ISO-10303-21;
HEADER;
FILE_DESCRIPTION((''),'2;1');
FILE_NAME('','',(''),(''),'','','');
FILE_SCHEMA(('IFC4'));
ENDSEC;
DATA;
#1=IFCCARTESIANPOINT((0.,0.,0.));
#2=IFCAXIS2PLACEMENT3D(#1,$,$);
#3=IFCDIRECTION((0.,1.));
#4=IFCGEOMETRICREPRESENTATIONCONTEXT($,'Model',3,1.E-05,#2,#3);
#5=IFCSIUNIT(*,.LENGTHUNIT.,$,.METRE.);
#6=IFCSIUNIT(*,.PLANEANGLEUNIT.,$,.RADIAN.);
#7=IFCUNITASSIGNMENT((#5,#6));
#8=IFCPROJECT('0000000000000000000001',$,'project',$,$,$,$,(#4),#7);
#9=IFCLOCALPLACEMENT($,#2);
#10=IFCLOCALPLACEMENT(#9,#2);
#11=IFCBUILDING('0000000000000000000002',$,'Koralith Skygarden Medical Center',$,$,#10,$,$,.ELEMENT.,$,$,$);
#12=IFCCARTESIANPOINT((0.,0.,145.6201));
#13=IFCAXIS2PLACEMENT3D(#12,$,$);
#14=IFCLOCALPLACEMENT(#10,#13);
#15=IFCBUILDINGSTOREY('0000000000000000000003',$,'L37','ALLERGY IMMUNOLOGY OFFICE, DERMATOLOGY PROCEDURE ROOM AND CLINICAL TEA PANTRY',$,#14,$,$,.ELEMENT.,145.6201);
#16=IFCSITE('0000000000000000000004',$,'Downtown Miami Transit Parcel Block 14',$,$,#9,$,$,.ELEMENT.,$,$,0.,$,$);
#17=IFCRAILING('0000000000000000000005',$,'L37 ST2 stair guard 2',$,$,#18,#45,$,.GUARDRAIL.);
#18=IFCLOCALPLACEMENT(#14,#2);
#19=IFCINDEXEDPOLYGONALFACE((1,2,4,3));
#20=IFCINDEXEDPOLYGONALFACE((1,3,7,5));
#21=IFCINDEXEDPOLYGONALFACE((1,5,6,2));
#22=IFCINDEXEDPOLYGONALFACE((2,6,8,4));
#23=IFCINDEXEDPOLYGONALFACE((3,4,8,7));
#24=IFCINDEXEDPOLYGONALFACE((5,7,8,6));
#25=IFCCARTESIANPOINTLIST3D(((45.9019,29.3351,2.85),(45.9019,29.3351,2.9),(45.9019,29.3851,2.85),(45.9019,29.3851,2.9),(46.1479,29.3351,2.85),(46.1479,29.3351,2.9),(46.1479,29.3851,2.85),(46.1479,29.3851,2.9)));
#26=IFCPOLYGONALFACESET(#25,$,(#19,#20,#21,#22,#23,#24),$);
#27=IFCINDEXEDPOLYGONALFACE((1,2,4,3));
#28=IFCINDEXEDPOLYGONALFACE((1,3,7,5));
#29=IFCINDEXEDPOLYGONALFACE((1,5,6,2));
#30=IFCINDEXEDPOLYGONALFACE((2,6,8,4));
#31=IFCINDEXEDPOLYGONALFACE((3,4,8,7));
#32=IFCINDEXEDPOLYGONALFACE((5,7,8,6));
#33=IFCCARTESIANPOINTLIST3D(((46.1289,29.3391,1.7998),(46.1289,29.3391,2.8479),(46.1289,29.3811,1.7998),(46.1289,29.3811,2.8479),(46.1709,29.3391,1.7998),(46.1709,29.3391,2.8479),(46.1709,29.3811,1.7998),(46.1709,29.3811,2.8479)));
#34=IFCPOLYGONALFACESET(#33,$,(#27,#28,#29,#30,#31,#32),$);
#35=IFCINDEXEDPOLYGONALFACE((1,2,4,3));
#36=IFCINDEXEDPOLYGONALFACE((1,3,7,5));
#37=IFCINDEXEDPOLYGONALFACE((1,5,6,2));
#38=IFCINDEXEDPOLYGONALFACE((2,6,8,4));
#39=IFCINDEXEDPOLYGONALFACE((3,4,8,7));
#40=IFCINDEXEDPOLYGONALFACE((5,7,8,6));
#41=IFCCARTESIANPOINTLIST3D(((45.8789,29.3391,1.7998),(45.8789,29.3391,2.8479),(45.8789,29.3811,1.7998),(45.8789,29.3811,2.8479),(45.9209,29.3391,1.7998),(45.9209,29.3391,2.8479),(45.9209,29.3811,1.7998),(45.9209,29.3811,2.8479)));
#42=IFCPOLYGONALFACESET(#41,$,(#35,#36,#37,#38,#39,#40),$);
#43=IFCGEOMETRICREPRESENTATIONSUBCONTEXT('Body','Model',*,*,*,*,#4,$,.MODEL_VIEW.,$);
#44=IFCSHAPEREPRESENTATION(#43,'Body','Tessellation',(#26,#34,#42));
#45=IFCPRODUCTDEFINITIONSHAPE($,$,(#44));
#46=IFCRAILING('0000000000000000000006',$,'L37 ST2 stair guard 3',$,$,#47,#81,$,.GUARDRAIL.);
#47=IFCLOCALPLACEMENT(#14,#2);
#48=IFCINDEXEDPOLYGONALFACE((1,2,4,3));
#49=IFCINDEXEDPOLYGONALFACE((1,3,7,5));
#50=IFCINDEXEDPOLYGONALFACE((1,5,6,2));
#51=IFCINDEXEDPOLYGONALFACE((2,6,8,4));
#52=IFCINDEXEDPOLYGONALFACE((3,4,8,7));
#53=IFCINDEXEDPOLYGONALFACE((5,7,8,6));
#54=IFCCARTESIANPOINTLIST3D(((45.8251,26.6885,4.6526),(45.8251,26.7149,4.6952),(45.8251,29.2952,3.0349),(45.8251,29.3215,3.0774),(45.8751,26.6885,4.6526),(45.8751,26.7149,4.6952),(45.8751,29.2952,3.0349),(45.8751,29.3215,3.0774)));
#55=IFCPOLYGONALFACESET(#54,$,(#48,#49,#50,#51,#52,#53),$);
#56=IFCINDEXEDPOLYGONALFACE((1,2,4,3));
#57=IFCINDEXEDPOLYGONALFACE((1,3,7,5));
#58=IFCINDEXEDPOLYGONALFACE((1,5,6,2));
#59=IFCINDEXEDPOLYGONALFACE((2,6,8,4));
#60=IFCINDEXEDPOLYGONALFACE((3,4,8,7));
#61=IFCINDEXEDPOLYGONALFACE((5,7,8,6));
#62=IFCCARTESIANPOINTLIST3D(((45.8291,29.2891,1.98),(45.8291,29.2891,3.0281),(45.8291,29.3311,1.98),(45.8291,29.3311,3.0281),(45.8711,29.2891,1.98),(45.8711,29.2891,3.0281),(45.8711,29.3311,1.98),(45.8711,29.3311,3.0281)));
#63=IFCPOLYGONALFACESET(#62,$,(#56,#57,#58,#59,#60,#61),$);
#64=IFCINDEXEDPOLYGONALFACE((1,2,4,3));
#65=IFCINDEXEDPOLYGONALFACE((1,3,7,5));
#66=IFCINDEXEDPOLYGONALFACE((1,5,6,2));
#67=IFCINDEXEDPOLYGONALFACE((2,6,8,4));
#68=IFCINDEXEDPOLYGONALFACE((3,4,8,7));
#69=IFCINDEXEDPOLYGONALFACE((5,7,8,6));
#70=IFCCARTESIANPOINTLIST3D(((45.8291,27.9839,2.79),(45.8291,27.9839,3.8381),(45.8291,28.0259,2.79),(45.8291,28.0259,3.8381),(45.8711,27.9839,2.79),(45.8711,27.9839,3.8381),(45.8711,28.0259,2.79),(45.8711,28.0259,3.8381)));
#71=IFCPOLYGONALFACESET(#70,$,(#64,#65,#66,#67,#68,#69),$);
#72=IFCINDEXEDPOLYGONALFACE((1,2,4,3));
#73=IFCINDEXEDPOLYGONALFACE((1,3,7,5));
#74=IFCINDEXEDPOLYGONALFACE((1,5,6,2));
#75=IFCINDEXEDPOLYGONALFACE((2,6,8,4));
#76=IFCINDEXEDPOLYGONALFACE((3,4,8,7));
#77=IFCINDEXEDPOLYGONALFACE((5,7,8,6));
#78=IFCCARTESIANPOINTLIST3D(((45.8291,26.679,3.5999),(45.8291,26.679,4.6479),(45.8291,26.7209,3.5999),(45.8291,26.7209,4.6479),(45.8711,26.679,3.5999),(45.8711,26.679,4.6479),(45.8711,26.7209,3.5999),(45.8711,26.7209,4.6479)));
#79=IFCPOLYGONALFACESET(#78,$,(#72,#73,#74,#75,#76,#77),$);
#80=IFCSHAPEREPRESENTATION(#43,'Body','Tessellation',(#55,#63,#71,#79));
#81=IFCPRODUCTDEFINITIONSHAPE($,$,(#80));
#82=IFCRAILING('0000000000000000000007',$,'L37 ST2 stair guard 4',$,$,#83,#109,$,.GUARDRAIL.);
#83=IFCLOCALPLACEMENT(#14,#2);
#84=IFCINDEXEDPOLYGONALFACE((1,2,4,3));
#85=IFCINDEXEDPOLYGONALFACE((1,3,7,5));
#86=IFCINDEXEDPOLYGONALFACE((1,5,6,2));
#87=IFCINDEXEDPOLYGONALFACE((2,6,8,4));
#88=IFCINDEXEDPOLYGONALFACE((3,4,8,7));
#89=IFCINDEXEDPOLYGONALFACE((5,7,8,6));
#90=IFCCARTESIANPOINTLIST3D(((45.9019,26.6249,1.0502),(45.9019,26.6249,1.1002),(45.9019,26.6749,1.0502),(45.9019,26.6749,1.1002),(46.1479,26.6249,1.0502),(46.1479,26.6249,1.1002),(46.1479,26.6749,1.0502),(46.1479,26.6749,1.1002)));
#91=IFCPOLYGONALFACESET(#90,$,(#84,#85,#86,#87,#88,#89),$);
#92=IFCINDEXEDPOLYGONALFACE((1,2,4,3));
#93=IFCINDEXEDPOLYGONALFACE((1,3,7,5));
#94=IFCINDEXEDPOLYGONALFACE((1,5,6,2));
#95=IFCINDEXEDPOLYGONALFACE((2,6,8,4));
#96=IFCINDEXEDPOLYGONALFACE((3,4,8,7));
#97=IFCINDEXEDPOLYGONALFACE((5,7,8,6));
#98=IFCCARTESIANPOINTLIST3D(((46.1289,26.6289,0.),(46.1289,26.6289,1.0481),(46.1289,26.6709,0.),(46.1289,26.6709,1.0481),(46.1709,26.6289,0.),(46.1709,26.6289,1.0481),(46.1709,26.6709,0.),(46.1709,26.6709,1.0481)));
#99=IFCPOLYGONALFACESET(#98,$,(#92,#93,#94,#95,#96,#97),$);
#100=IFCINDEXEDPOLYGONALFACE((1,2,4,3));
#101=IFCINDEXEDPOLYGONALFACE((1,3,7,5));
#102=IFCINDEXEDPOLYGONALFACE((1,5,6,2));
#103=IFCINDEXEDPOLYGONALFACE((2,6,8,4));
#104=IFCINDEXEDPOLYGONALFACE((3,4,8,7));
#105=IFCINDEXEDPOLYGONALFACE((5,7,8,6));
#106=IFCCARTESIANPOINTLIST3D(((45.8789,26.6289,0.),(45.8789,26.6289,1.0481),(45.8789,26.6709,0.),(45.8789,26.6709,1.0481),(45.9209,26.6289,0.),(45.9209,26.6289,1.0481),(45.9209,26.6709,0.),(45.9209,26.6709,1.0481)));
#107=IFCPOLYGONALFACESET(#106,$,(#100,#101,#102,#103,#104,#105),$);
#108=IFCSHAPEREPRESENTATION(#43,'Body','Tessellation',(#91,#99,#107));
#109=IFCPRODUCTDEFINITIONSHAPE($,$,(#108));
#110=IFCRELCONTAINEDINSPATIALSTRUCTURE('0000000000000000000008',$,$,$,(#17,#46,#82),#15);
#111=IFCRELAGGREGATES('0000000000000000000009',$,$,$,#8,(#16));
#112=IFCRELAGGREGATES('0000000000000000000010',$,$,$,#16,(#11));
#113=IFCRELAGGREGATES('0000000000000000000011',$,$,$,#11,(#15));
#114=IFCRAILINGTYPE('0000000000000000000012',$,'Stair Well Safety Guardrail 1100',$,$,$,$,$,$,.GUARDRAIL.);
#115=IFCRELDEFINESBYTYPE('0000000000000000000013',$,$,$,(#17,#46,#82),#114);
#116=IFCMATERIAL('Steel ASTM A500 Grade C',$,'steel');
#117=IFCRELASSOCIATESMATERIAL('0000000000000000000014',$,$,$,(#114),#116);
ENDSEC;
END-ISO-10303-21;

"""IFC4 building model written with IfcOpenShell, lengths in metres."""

from ifc_helpers import new_model, si_unit, direction, frame, origin, origin_2d, place, context, subcontext, project, spatial, rectangle, extrude, material, type_object, element, save


model = new_model("IFC4")

# Units and contexts
model_context = context("Model", 3, precision=1e-05, world=origin(), true_north=direction((0.0, 1.0)))
body_context = subcontext(model_context, "Body", "Model", "MODEL_VIEW")
ifc_project = project(units=[si_unit("LENGTHUNIT", "METRE"), si_unit("PLANEANGLEUNIT", "RADIAN")], contexts=[model_context])

# Site, building, storey
site_placement = place(None, origin())
site = spatial("IfcSite", under=ifc_project, at=site_placement, Name="Downtown Miami Transit Parcel Block 14", CompositionType="ELEMENT", RefElevation=0.0)
building_placement = place(site_placement, origin())
building = spatial("IfcBuilding", under=site, at=building_placement, Name="Koralith Skygarden Medical Center", CompositionType="ELEMENT")
storey_placement = place(building_placement, frame((0.0, 0.0, 145.6201)))
storey = spatial("IfcBuildingStorey", under=building, at=storey_placement, Name="L37", Description="ALLERGY IMMUNOLOGY OFFICE, DERMATOLOGY PROCEDURE ROOM AND CLINICAL TEA PANTRY", CompositionType="ELEMENT", Elevation=145.6201)

# Shared definitions
ifc_material_1 = material(Name="Steel ASTM A500 Grade C", Category="steel")

# Railings
railing_type_1 = type_object("IfcRailingType", Name="Stair Well Safety Guardrail 1100", PredefinedType="GUARDRAIL", material=ifc_material_1)
railing_1_placement = place(storey_placement, frame((46.1499, 29.3601, 1.7998)))
element("IfcRailing", 1, at=railing_1_placement, inside=storey, type_object=railing_type_1, Name="L37 ST2 stair guard 2", PredefinedType="GUARDRAIL", context=body_context, shape_type="SweptSolid", body=[
    extrude(rectangle(XDim=0.05, YDim=0.05, at=origin_2d()), frame((-0.002, 0.0, 1.0752), z_axis=(-1.0, 0.0, 0.0), x_axis=(0.0, -1.0, 0.0)), (0.0, 0.0, 1.0), 0.2461),
    extrude(rectangle(XDim=0.042, YDim=0.042, at=origin_2d()), origin(), (0.0, 0.0, 1.0), 1.0481),
    extrude(rectangle(XDim=0.042, YDim=0.042, at=origin_2d()), frame((-0.25, 0.0, 0.0)), (0.0, 0.0, 1.0), 1.0481),
])
railing_2_placement = place(storey_placement, frame((45.8501, 29.3101, 1.98)))
element("IfcRailing", 2, at=railing_2_placement, inside=storey, type_object=railing_type_1, Name="L37 ST2 stair guard 3", PredefinedType="GUARDRAIL", context=body_context, shape_type="SweptSolid", body=[
    extrude(rectangle(XDim=0.05, YDim=0.05, at=origin_2d()), frame((0.0, -0.0017, 1.0762), z_axis=(0.0, -0.849668, 0.527317), x_axis=(1.0, 0.0, 0.0)), (0.0, 0.0, 1.0), 3.0679),
    extrude(rectangle(XDim=0.042, YDim=0.042, at=origin_2d()), origin(), (0.0, 0.0, 1.0), 1.0481),
    extrude(rectangle(XDim=0.042, YDim=0.042, at=origin_2d()), frame((0.0, -1.3052, 0.8101)), (0.0, 0.0, 1.0), 1.0481),
    extrude(rectangle(XDim=0.042, YDim=0.042, at=origin_2d()), frame((0.0, -2.6101, 1.6199)), (0.0, 0.0, 1.0), 1.0481),
])
railing_3_placement = place(storey_placement, frame((46.1499, 26.6499, 0.0)))
element("IfcRailing", 3, at=railing_3_placement, inside=storey, type_object=railing_type_1, Name="L37 ST2 stair guard 4", PredefinedType="GUARDRAIL", context=body_context, shape_type="SweptSolid", body=[
    extrude(rectangle(XDim=0.05, YDim=0.05, at=origin_2d()), frame((-0.002, 0.0, 1.0752), z_axis=(-1.0, 0.0, 0.0), x_axis=(0.0, -1.0, 0.0)), (0.0, 0.0, 1.0), 0.2461),
    extrude(rectangle(XDim=0.042, YDim=0.042, at=origin_2d()), origin(), (0.0, 0.0, 1.0), 1.0481),
    extrude(rectangle(XDim=0.042, YDim=0.042, at=origin_2d()), frame((-0.25, 0.0, 0.0)), (0.0, 0.0, 1.0), 1.0481),
])

save(model, "model.ifc")
